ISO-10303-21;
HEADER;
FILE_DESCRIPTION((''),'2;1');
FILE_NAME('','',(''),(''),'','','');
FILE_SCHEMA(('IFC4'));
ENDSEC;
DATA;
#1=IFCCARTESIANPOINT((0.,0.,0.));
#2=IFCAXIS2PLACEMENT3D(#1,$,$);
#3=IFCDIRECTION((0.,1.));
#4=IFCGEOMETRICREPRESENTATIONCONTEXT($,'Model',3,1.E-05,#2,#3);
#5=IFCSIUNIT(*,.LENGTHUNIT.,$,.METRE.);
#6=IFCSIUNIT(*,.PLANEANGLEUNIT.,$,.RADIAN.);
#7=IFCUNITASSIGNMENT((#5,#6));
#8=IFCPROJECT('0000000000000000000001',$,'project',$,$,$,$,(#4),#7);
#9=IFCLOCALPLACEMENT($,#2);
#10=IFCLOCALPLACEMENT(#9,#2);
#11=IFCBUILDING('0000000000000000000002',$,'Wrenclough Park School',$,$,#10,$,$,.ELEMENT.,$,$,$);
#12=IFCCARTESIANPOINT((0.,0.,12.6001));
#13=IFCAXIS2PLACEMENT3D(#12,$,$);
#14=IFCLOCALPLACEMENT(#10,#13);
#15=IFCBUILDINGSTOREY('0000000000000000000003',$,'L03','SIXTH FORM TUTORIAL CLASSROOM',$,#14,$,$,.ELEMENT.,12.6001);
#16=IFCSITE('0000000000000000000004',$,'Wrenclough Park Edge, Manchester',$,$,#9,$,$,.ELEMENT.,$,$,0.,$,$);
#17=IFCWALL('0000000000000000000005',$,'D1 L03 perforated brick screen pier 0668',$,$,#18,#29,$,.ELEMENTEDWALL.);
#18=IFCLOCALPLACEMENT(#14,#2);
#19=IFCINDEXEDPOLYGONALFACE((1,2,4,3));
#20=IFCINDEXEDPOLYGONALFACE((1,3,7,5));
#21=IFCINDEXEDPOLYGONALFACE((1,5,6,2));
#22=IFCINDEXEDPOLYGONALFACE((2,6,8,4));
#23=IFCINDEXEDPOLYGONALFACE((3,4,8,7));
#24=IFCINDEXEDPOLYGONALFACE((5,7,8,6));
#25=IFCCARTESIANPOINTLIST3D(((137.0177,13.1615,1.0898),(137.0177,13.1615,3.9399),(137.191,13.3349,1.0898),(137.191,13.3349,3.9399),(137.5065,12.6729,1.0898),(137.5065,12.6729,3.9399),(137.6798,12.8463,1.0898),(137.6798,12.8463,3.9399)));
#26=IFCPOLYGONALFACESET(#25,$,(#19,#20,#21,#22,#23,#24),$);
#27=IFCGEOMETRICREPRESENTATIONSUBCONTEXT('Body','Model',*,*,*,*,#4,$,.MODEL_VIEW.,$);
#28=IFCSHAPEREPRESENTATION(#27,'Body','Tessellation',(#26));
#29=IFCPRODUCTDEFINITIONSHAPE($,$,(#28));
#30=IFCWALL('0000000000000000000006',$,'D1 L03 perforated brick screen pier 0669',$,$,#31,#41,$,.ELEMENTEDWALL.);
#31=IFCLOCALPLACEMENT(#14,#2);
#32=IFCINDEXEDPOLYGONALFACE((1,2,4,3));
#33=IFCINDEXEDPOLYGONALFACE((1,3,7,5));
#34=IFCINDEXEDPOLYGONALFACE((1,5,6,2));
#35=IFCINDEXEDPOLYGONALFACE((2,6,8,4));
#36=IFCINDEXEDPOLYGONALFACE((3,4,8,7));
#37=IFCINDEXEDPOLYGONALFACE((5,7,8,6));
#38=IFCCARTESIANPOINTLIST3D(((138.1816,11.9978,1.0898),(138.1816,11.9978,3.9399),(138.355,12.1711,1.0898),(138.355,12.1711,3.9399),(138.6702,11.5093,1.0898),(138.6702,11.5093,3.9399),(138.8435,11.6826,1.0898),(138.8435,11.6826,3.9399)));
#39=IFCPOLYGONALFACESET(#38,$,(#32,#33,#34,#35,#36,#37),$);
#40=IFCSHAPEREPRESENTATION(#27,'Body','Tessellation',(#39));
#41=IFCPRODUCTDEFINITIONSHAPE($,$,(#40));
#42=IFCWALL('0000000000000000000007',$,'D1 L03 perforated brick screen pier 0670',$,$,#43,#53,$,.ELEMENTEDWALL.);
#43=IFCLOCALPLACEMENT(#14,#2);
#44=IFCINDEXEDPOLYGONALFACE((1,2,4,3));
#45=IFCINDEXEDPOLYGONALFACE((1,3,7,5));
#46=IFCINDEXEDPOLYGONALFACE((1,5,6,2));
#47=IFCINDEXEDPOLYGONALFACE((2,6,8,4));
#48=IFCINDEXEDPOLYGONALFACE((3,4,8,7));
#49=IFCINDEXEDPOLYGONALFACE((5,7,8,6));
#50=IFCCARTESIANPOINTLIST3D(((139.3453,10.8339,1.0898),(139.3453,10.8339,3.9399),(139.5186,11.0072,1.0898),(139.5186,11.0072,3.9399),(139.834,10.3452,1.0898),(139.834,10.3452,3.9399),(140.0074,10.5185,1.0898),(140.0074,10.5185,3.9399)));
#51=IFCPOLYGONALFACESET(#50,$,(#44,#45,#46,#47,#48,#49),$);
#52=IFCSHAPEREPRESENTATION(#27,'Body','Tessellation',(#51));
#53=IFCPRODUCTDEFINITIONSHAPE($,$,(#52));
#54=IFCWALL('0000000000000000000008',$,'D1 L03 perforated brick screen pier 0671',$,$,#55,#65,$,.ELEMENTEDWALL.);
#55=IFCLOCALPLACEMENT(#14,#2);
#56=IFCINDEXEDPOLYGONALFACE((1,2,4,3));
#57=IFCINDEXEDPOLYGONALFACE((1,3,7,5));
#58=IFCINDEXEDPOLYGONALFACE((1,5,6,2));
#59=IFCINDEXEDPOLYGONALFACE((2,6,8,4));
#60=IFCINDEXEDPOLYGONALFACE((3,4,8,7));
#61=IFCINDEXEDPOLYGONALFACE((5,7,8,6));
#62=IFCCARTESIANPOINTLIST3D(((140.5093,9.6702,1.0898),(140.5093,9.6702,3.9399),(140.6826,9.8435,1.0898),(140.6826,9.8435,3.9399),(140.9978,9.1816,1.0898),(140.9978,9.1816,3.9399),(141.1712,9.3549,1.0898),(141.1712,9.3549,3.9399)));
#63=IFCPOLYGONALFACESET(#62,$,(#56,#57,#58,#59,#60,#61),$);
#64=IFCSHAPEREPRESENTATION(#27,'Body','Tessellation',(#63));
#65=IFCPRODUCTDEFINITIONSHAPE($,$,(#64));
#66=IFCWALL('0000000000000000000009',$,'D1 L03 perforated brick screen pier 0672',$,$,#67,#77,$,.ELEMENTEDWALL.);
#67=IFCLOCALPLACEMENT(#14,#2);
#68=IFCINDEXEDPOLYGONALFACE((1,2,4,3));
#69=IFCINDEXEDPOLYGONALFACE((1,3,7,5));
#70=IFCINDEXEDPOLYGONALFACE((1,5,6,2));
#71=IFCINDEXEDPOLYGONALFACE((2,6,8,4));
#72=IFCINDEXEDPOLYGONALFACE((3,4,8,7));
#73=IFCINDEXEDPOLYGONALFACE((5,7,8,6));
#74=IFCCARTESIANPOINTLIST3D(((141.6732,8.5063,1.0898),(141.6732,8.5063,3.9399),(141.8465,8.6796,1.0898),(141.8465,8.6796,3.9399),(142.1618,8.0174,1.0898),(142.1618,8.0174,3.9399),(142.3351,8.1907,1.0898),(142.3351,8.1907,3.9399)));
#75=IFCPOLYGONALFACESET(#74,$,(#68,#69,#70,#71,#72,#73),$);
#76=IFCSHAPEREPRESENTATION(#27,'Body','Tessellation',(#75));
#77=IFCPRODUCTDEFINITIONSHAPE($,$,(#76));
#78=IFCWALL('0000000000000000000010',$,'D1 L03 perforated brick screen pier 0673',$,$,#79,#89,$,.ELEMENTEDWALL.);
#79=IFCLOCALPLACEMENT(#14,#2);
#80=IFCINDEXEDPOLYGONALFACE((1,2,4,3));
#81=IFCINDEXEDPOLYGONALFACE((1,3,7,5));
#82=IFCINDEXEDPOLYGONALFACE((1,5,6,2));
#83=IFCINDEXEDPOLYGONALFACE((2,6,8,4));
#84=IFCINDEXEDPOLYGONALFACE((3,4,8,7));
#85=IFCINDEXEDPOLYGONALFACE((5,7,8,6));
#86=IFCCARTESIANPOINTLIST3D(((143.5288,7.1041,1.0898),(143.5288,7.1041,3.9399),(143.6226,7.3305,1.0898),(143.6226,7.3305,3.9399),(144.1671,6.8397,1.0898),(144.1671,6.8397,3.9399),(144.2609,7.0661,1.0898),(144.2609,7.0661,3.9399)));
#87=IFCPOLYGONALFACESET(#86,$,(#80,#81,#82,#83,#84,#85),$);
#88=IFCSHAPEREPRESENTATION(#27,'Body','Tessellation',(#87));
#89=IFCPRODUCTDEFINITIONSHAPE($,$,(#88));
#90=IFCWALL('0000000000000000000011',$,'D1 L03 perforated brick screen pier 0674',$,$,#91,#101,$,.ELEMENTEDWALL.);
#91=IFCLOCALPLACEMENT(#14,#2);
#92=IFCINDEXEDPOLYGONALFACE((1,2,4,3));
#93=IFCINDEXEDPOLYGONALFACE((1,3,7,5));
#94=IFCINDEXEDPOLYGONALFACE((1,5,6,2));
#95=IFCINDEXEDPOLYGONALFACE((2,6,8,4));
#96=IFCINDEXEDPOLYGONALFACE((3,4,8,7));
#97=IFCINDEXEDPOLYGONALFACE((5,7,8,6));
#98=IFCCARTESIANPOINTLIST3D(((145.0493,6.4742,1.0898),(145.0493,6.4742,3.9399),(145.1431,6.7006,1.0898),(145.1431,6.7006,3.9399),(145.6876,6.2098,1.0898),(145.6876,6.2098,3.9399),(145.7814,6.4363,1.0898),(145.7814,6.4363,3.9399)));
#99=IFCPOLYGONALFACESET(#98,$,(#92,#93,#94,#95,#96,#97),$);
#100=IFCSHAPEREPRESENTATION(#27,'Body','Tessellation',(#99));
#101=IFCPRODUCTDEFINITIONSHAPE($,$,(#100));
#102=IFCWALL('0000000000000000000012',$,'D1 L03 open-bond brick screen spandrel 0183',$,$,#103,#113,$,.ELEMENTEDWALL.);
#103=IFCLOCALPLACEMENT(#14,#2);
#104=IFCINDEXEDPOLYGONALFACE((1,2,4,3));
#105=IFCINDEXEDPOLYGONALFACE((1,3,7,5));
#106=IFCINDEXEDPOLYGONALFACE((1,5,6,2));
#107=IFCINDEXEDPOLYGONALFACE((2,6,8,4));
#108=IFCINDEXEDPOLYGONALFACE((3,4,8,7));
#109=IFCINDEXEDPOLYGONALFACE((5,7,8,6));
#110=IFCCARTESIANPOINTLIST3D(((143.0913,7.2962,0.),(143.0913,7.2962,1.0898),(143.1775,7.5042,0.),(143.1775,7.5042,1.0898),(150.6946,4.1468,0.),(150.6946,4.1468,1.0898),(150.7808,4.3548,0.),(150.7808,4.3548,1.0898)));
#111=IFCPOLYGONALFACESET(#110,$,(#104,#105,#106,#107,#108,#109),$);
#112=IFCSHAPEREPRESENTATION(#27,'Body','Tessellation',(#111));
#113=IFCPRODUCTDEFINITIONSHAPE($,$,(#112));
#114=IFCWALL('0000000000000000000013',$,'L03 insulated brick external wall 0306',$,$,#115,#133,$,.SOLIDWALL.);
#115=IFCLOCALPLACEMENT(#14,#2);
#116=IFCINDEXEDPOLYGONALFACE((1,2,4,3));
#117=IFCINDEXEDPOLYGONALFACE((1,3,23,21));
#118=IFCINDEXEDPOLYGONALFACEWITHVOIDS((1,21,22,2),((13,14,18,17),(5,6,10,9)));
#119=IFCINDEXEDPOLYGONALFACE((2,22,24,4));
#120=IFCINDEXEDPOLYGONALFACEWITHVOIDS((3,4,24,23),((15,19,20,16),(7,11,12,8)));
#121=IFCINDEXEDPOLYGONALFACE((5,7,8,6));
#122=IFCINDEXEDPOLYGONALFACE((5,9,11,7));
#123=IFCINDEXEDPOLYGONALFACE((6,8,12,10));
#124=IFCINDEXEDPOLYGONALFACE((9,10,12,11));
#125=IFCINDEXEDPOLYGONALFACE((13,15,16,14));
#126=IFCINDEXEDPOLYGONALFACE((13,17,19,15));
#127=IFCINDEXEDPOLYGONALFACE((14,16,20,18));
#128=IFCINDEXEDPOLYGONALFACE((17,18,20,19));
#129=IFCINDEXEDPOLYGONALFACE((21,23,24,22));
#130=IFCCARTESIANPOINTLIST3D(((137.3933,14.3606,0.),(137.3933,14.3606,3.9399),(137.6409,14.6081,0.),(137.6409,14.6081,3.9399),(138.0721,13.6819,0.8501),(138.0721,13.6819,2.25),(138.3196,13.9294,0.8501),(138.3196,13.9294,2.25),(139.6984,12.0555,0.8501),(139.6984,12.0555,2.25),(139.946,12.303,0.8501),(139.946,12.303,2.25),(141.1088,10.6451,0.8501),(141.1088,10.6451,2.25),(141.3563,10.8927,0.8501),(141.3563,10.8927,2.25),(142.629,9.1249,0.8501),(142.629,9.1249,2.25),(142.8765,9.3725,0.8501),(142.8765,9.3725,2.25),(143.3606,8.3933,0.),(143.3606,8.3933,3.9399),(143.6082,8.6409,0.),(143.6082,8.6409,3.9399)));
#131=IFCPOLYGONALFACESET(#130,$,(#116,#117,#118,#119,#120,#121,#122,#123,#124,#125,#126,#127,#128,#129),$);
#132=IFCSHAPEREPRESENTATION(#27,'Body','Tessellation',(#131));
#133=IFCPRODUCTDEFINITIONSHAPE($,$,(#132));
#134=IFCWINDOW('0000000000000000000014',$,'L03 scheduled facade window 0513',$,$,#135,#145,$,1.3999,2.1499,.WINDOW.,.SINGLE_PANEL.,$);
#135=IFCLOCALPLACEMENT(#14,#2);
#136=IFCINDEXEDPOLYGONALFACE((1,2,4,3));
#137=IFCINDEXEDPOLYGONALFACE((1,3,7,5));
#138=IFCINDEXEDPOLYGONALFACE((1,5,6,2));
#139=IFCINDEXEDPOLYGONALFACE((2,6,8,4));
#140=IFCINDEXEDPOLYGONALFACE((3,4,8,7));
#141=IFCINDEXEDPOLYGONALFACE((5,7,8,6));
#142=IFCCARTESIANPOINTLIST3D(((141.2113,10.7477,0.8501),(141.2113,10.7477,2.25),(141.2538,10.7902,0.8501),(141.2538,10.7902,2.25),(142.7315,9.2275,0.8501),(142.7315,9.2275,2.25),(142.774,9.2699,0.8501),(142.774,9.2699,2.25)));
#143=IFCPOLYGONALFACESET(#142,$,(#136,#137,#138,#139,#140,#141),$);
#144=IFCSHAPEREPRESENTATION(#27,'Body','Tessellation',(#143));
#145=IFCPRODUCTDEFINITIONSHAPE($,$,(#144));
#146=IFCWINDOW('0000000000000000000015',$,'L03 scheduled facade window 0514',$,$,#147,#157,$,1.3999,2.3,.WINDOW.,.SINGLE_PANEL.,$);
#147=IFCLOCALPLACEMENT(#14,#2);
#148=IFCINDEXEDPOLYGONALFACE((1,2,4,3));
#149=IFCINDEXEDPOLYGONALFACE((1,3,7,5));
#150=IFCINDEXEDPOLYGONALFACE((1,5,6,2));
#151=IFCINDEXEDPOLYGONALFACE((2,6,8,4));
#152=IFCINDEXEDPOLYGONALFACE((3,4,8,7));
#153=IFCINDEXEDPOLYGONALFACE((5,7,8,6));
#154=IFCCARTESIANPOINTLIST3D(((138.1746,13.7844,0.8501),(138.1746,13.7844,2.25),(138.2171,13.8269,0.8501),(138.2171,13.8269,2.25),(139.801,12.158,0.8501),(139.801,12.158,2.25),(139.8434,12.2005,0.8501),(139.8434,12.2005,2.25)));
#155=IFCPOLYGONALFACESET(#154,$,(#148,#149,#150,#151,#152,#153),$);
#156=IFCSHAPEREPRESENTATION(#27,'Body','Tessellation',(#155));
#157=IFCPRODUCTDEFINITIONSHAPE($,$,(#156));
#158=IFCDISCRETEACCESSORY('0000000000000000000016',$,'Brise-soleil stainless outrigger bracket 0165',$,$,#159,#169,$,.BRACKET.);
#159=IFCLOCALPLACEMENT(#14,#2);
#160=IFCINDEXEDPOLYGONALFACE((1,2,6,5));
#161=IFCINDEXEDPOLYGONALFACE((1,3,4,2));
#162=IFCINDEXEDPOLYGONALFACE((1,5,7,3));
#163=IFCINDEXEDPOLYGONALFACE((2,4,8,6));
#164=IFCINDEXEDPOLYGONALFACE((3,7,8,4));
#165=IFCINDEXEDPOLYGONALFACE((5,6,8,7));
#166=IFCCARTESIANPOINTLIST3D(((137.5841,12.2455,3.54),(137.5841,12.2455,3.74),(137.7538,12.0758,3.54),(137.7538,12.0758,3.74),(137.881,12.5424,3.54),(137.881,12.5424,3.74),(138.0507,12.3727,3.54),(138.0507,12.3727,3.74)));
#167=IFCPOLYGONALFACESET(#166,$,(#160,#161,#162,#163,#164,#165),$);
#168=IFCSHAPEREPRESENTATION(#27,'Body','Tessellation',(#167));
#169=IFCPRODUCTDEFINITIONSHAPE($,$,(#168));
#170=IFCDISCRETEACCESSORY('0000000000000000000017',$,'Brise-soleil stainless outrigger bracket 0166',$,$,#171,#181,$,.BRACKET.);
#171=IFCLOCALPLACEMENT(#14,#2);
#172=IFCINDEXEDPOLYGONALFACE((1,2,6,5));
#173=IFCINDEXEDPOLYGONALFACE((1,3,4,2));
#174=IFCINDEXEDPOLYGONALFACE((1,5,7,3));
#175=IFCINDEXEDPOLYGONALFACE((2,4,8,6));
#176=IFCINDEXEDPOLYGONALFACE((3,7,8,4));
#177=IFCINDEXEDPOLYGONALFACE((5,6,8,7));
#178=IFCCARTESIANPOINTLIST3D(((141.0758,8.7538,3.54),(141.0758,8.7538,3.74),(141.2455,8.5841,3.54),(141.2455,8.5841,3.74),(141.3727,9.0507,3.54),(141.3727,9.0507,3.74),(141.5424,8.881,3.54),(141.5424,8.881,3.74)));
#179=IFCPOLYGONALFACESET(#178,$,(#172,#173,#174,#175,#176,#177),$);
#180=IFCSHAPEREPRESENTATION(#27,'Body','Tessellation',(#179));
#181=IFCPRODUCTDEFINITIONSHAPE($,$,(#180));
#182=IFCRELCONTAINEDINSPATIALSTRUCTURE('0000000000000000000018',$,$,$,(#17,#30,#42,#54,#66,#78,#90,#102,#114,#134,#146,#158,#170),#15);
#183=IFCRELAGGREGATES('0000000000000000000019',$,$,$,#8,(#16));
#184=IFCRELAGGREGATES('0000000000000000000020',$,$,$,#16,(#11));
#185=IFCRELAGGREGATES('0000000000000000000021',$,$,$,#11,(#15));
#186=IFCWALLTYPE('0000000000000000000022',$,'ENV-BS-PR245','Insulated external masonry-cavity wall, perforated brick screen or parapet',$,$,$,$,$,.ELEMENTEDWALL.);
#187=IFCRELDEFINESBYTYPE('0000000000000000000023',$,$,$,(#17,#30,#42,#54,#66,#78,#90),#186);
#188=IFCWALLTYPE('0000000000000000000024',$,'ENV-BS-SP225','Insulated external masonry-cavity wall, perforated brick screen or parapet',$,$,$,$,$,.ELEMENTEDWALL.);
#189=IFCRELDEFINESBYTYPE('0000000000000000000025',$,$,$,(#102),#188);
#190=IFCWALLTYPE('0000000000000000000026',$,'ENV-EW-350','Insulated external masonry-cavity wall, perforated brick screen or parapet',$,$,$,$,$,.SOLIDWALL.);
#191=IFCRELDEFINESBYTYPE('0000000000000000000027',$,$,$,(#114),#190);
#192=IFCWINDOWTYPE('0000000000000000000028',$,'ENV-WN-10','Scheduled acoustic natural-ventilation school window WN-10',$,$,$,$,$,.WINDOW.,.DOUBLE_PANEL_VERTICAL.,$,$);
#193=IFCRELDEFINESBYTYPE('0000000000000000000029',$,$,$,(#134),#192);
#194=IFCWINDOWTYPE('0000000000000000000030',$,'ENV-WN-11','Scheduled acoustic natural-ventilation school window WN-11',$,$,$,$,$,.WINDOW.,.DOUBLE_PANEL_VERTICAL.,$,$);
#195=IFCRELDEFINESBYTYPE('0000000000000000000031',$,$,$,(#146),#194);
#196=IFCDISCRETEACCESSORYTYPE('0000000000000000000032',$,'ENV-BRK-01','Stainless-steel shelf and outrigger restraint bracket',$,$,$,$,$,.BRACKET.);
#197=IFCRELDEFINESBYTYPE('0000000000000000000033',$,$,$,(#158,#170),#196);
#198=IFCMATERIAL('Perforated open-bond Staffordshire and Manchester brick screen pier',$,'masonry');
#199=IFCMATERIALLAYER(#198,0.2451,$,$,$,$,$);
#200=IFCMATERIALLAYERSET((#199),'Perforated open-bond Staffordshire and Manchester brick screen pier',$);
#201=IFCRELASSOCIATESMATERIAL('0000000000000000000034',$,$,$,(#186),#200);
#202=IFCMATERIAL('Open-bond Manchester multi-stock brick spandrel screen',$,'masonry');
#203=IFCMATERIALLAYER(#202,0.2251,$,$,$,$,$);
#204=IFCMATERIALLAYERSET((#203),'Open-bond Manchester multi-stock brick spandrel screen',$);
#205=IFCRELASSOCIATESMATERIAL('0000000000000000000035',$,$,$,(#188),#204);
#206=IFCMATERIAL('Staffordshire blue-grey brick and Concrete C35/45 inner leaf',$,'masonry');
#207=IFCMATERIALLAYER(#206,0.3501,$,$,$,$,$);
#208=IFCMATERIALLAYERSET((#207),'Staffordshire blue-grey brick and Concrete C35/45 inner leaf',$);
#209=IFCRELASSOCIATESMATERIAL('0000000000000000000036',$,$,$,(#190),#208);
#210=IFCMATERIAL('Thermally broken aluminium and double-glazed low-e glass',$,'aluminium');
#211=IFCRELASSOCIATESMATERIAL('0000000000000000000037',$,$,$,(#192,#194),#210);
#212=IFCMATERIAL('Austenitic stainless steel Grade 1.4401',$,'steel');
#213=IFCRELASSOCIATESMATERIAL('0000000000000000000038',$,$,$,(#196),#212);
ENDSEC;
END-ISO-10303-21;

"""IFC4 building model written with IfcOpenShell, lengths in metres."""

from ifc_helpers import new_model, si_unit, direction, frame, frame_2d, origin, origin_2d, place, context, subcontext, project, spatial, rectangle, extrude, material, layer, layer_set, type_object, element, fill, save


model = new_model("IFC4")

# Units and contexts
model_context = context("Model", 3, precision=1e-05, world=origin(), true_north=direction((0.0, 1.0)))
body_context = subcontext(model_context, "Body", "Model", "MODEL_VIEW")
ifc_project = project(units=[si_unit("LENGTHUNIT", "METRE"), si_unit("PLANEANGLEUNIT", "RADIAN")], contexts=[model_context])

# Site, building, storey
site_placement = place(None, origin())
site = spatial("IfcSite", under=ifc_project, at=site_placement, Name="Wrenclough Park Edge, Manchester", CompositionType="ELEMENT", RefElevation=0.0)
building_placement = place(site_placement, origin())
building = spatial("IfcBuilding", under=site, at=building_placement, Name="Wrenclough Park School", CompositionType="ELEMENT")
storey_placement = place(building_placement, frame((0.0, 0.0, 12.6001)))
storey = spatial("IfcBuildingStorey", under=building, at=storey_placement, Name="L03", Description="SIXTH FORM TUTORIAL CLASSROOM", CompositionType="ELEMENT", Elevation=12.6001)

# Walls
ifc_material_1 = material(Name="Perforated open-bond Staffordshire and Manchester brick screen pier", Category="masonry")
ifc_layer_1 = layer(ifc_material_1, 0.2451)
ifc_layer_set_1 = layer_set([ifc_layer_1], Name="Perforated open-bond Staffordshire and Manchester brick screen pier")
wall_type_1 = type_object("IfcWallType", Name="ENV-BS-PR245", Description="Insulated external masonry-cavity wall, perforated brick screen or parapet", PredefinedType="ELEMENTEDWALL", material=ifc_layer_set_1)
wall_1_placement = place(storey_placement, frame((137.1042, 13.2483, 1.0898), z_axis=(0.0, 0.0, 1.0), x_axis=(0.707283, -0.70693, 0.0)))
element("IfcWall", 1, at=wall_1_placement, inside=storey, type_object=wall_type_1, Name="D1 L03 perforated brick screen pier 0668", PredefinedType="ELEMENTEDWALL", context=body_context, shape_type="SweptSolid", body=[
    extrude(rectangle(XDim=0.6912, YDim=0.2451, at=frame_2d((0.3457, 0.0))), origin(), (0.0, 0.0, 1.0), 2.8501),
])
wall_2_placement = place(storey_placement, frame((138.2683, 12.0845, 1.0898), z_axis=(0.0, 0.0, 1.0), x_axis=(0.707107, -0.707107, 0.0)))
element("IfcWall", 2, at=wall_2_placement, inside=storey, type_object=wall_type_1, Name="D1 L03 perforated brick screen pier 0669", PredefinedType="ELEMENTEDWALL", context=body_context, shape_type="SweptSolid", body=[
    extrude(rectangle(XDim=0.6909, YDim=0.2451, at=frame_2d((0.3455, 0.0))), origin(), (0.0, 0.0, 1.0), 2.8501),
])
wall_3_placement = place(storey_placement, frame((139.4319, 10.9207, 1.0898), z_axis=(0.0, 0.0, 1.0), x_axis=(0.707107, -0.707107, 0.0)))
element("IfcWall", 3, at=wall_3_placement, inside=storey, type_object=wall_type_1, Name="D1 L03 perforated brick screen pier 0670", PredefinedType="ELEMENTEDWALL", context=body_context, shape_type="SweptSolid", body=[
    extrude(rectangle(XDim=0.6912, YDim=0.2451, at=frame_2d((0.3457, 0.0))), origin(), (0.0, 0.0, 1.0), 2.8501),
])
wall_4_placement = place(storey_placement, frame((140.5959, 9.7568, 1.0898), z_axis=(0.0, 0.0, 1.0), x_axis=(0.707107, -0.707107, 0.0)))
element("IfcWall", 4, at=wall_4_placement, inside=storey, type_object=wall_type_1, Name="D1 L03 perforated brick screen pier 0671", PredefinedType="ELEMENTEDWALL", context=body_context, shape_type="SweptSolid", body=[
    extrude(rectangle(XDim=0.6909, YDim=0.2451, at=frame_2d((0.3455, 0.0))), origin(), (0.0, 0.0, 1.0), 2.8501),
])
wall_5_placement = place(storey_placement, frame((141.7598, 8.593, 1.0898), z_axis=(0.0, 0.0, 1.0), x_axis=(0.70693, -0.707283, 0.0)))
element("IfcWall", 5, at=wall_5_placement, inside=storey, type_object=wall_type_1, Name="D1 L03 perforated brick screen pier 0672", PredefinedType="ELEMENTEDWALL", context=body_context, shape_type="SweptSolid", body=[
    extrude(rectangle(XDim=0.6912, YDim=0.2451, at=frame_2d((0.3457, 0.0))), origin(), (0.0, 0.0, 1.0), 2.8501),
])
for number, where, z_axis, x_axis, name in (
    (6, (143.5757, 7.2173, 1.0898), (0.0, 0.0, 1.0), (0.923901, -0.382633, 0.0), "D1 L03 perforated brick screen pier 0673"),
    (7, (145.0962, 6.5874, 1.0898), (0.0, 0.0, 1.0), (0.923901, -0.382633, 0.0), "D1 L03 perforated brick screen pier 0674"),
):
    element("IfcWall", number, at=place(storey_placement, frame(where, z_axis=z_axis, x_axis=x_axis)), inside=storey, type_object=wall_type_1, Name=name, PredefinedType="ELEMENTEDWALL", context=body_context, shape_type="SweptSolid", body=[
        extrude(rectangle(XDim=0.6909, YDim=0.2451, at=frame_2d((0.3455, 0.0))), origin(), (0.0, 0.0, 1.0), 2.8501),
    ])
ifc_material_2 = material(Name="Open-bond Manchester multi-stock brick spandrel screen", Category="masonry")
ifc_layer_2 = layer(ifc_material_2, 0.2251)
ifc_layer_set_2 = layer_set([ifc_layer_2], Name="Open-bond Manchester multi-stock brick spandrel screen")
wall_type_2 = type_object("IfcWallType", Name="ENV-BS-SP225", Description="Insulated external masonry-cavity wall, perforated brick screen or parapet", PredefinedType="ELEMENTEDWALL", material=ifc_layer_set_2)
wall_6_placement = place(storey_placement, frame((143.1345, 7.4001, 0.0), z_axis=(0.0, 0.0, 1.0), x_axis=(0.923878, -0.382687, 0.0)))
element("IfcWall", 8, at=wall_6_placement, inside=storey, type_object=wall_type_2, Name="D1 L03 open-bond brick screen spandrel 0183", PredefinedType="ELEMENTEDWALL", context=body_context, shape_type="SweptSolid", body=[
    extrude(rectangle(XDim=8.2297, YDim=0.2251, at=frame_2d((4.1147, 0.0))), origin(), (0.0, 0.0, 1.0), 1.0898),
])

# Wall, openings, windows
ifc_material_3 = material(Name="Staffordshire blue-grey brick and Concrete C35/45 inner leaf", Category="masonry")
ifc_layer_3 = layer(ifc_material_3, 0.3501)
ifc_layer_set_3 = layer_set([ifc_layer_3], Name="Staffordshire blue-grey brick and Concrete C35/45 inner leaf")
wall_type_3 = type_object("IfcWallType", Name="ENV-EW-350", Description="Insulated external masonry-cavity wall, perforated brick screen or parapet", PredefinedType="SOLIDWALL", material=ifc_layer_set_3)
wall_7_placement = place(storey_placement, frame((143.4844, 8.5171, 0.0), z_axis=(0.0, 0.0, 1.0), x_axis=(-0.707107, 0.707107, 0.0)))
wall_7 = element("IfcWall", 9, at=wall_7_placement, inside=storey, type_object=wall_type_3, Name="L03 insulated brick external wall 0306", PredefinedType="SOLIDWALL", context=body_context, shape_type="SweptSolid", body=[
    extrude(rectangle(XDim=8.439, YDim=0.3501, at=frame_2d((4.2195, 0.0))), origin(), (0.0, 0.0, 1.0), 3.9399),
])
opening_1_placement = place(wall_7_placement, frame((1.0347, 0.0, 0.8501)))
opening_1 = element("IfcOpeningElement", 10, at=opening_1_placement, cuts=wall_7, PredefinedType="OPENING", context=body_context, shape_type="SweptSolid", body=[
    extrude(rectangle(XDim=2.1499, YDim=1.3999, at=frame_2d((1.075, 0.7))), frame((0.0, 0.1851, 0.0), z_axis=(0.0, -1.0, 0.0), x_axis=(1.0, 0.0, 0.0)), (0.0, 0.0, 1.0), 0.3701),
])
opening_2_placement = place(wall_7_placement, frame((5.1792, 0.0, 0.8501)))
opening_2 = element("IfcOpeningElement", 11, at=opening_2_placement, cuts=wall_7, PredefinedType="OPENING", context=body_context, shape_type="SweptSolid", body=[
    extrude(rectangle(XDim=2.3, YDim=1.3999, at=frame_2d((1.1499, 0.7))), frame((0.0, 0.1851, 0.0), z_axis=(0.0, -1.0, 0.0), x_axis=(1.0, 0.0, 0.0)), (0.0, 0.0, 1.0), 0.3701),
])
ifc_material_4 = material(Name="Thermally broken aluminium and double-glazed low-e glass", Category="aluminium")
window_type_1 = type_object("IfcWindowType", Name="ENV-WN-10", Description="Scheduled acoustic natural-ventilation school window WN-10", PartitioningType="DOUBLE_PANEL_VERTICAL", PredefinedType="WINDOW", material=ifc_material_4)
window_1_placement = place(opening_1_placement, origin())
window_1 = element("IfcWindow", 12, at=window_1_placement, inside=storey, type_object=window_type_1, Name="L03 scheduled facade window 0513", OverallHeight=1.3999, OverallWidth=2.1499, PartitioningType="SINGLE_PANEL", PredefinedType="WINDOW", context=body_context, shape_type="SweptSolid", body=[
    extrude(rectangle(XDim=2.1499, YDim=1.3999, at=frame_2d((1.075, 0.7))), frame((0.0, 0.03, 0.0), z_axis=(0.0, -1.0, 0.0), x_axis=(1.0, 0.0, 0.0)), (0.0, 0.0, 1.0), 0.0601),
])
fill(opening_1, window_1)
window_type_2 = type_object("IfcWindowType", Name="ENV-WN-11", Description="Scheduled acoustic natural-ventilation school window WN-11", PartitioningType="DOUBLE_PANEL_VERTICAL", PredefinedType="WINDOW", material=ifc_material_4)
window_2_placement = place(opening_2_placement, origin())
window_2 = element("IfcWindow", 13, at=window_2_placement, inside=storey, type_object=window_type_2, Name="L03 scheduled facade window 0514", OverallHeight=1.3999, OverallWidth=2.3, PartitioningType="SINGLE_PANEL", PredefinedType="WINDOW", context=body_context, shape_type="SweptSolid", body=[
    extrude(rectangle(XDim=2.3, YDim=1.3999, at=frame_2d((1.1499, 0.7))), frame((0.0, 0.03, 0.0), z_axis=(0.0, -1.0, 0.0), x_axis=(1.0, 0.0, 0.0)), (0.0, 0.0, 1.0), 0.0601),
])
fill(opening_2, window_2)

# Discrete accessories
ifc_material_5 = material(Name="Austenitic stainless steel Grade 1.4401", Category="steel")
discrete_accessory_type = type_object("IfcDiscreteAccessoryType", Name="ENV-BRK-01", Description="Stainless-steel shelf and outrigger restraint bracket", PredefinedType="BRACKET", material=ifc_material_5)
for number, where, z_axis, x_axis, name in (
    (14, (137.8174, 12.3091, 3.54), (0.0, 0.0, 1.0), (0.707107, -0.707107, 0.0), "Brise-soleil stainless outrigger bracket 0165"),
    (15, (141.3091, 8.8174, 3.54), (0.0, 0.0, 1.0), (0.707107, -0.707107, 0.0), "Brise-soleil stainless outrigger bracket 0166"),
):
    element("IfcDiscreteAccessory", number, at=place(storey_placement, frame(where, z_axis=z_axis, x_axis=x_axis)), inside=storey, type_object=discrete_accessory_type, Name=name, PredefinedType="BRACKET", context=body_context, shape_type="SweptSolid", body=[
        extrude(rectangle(XDim=0.24, YDim=0.4199, at=origin_2d()), origin(), (0.0, 0.0, 1.0), 0.2),
    ])

save(model, "model.ifc")
